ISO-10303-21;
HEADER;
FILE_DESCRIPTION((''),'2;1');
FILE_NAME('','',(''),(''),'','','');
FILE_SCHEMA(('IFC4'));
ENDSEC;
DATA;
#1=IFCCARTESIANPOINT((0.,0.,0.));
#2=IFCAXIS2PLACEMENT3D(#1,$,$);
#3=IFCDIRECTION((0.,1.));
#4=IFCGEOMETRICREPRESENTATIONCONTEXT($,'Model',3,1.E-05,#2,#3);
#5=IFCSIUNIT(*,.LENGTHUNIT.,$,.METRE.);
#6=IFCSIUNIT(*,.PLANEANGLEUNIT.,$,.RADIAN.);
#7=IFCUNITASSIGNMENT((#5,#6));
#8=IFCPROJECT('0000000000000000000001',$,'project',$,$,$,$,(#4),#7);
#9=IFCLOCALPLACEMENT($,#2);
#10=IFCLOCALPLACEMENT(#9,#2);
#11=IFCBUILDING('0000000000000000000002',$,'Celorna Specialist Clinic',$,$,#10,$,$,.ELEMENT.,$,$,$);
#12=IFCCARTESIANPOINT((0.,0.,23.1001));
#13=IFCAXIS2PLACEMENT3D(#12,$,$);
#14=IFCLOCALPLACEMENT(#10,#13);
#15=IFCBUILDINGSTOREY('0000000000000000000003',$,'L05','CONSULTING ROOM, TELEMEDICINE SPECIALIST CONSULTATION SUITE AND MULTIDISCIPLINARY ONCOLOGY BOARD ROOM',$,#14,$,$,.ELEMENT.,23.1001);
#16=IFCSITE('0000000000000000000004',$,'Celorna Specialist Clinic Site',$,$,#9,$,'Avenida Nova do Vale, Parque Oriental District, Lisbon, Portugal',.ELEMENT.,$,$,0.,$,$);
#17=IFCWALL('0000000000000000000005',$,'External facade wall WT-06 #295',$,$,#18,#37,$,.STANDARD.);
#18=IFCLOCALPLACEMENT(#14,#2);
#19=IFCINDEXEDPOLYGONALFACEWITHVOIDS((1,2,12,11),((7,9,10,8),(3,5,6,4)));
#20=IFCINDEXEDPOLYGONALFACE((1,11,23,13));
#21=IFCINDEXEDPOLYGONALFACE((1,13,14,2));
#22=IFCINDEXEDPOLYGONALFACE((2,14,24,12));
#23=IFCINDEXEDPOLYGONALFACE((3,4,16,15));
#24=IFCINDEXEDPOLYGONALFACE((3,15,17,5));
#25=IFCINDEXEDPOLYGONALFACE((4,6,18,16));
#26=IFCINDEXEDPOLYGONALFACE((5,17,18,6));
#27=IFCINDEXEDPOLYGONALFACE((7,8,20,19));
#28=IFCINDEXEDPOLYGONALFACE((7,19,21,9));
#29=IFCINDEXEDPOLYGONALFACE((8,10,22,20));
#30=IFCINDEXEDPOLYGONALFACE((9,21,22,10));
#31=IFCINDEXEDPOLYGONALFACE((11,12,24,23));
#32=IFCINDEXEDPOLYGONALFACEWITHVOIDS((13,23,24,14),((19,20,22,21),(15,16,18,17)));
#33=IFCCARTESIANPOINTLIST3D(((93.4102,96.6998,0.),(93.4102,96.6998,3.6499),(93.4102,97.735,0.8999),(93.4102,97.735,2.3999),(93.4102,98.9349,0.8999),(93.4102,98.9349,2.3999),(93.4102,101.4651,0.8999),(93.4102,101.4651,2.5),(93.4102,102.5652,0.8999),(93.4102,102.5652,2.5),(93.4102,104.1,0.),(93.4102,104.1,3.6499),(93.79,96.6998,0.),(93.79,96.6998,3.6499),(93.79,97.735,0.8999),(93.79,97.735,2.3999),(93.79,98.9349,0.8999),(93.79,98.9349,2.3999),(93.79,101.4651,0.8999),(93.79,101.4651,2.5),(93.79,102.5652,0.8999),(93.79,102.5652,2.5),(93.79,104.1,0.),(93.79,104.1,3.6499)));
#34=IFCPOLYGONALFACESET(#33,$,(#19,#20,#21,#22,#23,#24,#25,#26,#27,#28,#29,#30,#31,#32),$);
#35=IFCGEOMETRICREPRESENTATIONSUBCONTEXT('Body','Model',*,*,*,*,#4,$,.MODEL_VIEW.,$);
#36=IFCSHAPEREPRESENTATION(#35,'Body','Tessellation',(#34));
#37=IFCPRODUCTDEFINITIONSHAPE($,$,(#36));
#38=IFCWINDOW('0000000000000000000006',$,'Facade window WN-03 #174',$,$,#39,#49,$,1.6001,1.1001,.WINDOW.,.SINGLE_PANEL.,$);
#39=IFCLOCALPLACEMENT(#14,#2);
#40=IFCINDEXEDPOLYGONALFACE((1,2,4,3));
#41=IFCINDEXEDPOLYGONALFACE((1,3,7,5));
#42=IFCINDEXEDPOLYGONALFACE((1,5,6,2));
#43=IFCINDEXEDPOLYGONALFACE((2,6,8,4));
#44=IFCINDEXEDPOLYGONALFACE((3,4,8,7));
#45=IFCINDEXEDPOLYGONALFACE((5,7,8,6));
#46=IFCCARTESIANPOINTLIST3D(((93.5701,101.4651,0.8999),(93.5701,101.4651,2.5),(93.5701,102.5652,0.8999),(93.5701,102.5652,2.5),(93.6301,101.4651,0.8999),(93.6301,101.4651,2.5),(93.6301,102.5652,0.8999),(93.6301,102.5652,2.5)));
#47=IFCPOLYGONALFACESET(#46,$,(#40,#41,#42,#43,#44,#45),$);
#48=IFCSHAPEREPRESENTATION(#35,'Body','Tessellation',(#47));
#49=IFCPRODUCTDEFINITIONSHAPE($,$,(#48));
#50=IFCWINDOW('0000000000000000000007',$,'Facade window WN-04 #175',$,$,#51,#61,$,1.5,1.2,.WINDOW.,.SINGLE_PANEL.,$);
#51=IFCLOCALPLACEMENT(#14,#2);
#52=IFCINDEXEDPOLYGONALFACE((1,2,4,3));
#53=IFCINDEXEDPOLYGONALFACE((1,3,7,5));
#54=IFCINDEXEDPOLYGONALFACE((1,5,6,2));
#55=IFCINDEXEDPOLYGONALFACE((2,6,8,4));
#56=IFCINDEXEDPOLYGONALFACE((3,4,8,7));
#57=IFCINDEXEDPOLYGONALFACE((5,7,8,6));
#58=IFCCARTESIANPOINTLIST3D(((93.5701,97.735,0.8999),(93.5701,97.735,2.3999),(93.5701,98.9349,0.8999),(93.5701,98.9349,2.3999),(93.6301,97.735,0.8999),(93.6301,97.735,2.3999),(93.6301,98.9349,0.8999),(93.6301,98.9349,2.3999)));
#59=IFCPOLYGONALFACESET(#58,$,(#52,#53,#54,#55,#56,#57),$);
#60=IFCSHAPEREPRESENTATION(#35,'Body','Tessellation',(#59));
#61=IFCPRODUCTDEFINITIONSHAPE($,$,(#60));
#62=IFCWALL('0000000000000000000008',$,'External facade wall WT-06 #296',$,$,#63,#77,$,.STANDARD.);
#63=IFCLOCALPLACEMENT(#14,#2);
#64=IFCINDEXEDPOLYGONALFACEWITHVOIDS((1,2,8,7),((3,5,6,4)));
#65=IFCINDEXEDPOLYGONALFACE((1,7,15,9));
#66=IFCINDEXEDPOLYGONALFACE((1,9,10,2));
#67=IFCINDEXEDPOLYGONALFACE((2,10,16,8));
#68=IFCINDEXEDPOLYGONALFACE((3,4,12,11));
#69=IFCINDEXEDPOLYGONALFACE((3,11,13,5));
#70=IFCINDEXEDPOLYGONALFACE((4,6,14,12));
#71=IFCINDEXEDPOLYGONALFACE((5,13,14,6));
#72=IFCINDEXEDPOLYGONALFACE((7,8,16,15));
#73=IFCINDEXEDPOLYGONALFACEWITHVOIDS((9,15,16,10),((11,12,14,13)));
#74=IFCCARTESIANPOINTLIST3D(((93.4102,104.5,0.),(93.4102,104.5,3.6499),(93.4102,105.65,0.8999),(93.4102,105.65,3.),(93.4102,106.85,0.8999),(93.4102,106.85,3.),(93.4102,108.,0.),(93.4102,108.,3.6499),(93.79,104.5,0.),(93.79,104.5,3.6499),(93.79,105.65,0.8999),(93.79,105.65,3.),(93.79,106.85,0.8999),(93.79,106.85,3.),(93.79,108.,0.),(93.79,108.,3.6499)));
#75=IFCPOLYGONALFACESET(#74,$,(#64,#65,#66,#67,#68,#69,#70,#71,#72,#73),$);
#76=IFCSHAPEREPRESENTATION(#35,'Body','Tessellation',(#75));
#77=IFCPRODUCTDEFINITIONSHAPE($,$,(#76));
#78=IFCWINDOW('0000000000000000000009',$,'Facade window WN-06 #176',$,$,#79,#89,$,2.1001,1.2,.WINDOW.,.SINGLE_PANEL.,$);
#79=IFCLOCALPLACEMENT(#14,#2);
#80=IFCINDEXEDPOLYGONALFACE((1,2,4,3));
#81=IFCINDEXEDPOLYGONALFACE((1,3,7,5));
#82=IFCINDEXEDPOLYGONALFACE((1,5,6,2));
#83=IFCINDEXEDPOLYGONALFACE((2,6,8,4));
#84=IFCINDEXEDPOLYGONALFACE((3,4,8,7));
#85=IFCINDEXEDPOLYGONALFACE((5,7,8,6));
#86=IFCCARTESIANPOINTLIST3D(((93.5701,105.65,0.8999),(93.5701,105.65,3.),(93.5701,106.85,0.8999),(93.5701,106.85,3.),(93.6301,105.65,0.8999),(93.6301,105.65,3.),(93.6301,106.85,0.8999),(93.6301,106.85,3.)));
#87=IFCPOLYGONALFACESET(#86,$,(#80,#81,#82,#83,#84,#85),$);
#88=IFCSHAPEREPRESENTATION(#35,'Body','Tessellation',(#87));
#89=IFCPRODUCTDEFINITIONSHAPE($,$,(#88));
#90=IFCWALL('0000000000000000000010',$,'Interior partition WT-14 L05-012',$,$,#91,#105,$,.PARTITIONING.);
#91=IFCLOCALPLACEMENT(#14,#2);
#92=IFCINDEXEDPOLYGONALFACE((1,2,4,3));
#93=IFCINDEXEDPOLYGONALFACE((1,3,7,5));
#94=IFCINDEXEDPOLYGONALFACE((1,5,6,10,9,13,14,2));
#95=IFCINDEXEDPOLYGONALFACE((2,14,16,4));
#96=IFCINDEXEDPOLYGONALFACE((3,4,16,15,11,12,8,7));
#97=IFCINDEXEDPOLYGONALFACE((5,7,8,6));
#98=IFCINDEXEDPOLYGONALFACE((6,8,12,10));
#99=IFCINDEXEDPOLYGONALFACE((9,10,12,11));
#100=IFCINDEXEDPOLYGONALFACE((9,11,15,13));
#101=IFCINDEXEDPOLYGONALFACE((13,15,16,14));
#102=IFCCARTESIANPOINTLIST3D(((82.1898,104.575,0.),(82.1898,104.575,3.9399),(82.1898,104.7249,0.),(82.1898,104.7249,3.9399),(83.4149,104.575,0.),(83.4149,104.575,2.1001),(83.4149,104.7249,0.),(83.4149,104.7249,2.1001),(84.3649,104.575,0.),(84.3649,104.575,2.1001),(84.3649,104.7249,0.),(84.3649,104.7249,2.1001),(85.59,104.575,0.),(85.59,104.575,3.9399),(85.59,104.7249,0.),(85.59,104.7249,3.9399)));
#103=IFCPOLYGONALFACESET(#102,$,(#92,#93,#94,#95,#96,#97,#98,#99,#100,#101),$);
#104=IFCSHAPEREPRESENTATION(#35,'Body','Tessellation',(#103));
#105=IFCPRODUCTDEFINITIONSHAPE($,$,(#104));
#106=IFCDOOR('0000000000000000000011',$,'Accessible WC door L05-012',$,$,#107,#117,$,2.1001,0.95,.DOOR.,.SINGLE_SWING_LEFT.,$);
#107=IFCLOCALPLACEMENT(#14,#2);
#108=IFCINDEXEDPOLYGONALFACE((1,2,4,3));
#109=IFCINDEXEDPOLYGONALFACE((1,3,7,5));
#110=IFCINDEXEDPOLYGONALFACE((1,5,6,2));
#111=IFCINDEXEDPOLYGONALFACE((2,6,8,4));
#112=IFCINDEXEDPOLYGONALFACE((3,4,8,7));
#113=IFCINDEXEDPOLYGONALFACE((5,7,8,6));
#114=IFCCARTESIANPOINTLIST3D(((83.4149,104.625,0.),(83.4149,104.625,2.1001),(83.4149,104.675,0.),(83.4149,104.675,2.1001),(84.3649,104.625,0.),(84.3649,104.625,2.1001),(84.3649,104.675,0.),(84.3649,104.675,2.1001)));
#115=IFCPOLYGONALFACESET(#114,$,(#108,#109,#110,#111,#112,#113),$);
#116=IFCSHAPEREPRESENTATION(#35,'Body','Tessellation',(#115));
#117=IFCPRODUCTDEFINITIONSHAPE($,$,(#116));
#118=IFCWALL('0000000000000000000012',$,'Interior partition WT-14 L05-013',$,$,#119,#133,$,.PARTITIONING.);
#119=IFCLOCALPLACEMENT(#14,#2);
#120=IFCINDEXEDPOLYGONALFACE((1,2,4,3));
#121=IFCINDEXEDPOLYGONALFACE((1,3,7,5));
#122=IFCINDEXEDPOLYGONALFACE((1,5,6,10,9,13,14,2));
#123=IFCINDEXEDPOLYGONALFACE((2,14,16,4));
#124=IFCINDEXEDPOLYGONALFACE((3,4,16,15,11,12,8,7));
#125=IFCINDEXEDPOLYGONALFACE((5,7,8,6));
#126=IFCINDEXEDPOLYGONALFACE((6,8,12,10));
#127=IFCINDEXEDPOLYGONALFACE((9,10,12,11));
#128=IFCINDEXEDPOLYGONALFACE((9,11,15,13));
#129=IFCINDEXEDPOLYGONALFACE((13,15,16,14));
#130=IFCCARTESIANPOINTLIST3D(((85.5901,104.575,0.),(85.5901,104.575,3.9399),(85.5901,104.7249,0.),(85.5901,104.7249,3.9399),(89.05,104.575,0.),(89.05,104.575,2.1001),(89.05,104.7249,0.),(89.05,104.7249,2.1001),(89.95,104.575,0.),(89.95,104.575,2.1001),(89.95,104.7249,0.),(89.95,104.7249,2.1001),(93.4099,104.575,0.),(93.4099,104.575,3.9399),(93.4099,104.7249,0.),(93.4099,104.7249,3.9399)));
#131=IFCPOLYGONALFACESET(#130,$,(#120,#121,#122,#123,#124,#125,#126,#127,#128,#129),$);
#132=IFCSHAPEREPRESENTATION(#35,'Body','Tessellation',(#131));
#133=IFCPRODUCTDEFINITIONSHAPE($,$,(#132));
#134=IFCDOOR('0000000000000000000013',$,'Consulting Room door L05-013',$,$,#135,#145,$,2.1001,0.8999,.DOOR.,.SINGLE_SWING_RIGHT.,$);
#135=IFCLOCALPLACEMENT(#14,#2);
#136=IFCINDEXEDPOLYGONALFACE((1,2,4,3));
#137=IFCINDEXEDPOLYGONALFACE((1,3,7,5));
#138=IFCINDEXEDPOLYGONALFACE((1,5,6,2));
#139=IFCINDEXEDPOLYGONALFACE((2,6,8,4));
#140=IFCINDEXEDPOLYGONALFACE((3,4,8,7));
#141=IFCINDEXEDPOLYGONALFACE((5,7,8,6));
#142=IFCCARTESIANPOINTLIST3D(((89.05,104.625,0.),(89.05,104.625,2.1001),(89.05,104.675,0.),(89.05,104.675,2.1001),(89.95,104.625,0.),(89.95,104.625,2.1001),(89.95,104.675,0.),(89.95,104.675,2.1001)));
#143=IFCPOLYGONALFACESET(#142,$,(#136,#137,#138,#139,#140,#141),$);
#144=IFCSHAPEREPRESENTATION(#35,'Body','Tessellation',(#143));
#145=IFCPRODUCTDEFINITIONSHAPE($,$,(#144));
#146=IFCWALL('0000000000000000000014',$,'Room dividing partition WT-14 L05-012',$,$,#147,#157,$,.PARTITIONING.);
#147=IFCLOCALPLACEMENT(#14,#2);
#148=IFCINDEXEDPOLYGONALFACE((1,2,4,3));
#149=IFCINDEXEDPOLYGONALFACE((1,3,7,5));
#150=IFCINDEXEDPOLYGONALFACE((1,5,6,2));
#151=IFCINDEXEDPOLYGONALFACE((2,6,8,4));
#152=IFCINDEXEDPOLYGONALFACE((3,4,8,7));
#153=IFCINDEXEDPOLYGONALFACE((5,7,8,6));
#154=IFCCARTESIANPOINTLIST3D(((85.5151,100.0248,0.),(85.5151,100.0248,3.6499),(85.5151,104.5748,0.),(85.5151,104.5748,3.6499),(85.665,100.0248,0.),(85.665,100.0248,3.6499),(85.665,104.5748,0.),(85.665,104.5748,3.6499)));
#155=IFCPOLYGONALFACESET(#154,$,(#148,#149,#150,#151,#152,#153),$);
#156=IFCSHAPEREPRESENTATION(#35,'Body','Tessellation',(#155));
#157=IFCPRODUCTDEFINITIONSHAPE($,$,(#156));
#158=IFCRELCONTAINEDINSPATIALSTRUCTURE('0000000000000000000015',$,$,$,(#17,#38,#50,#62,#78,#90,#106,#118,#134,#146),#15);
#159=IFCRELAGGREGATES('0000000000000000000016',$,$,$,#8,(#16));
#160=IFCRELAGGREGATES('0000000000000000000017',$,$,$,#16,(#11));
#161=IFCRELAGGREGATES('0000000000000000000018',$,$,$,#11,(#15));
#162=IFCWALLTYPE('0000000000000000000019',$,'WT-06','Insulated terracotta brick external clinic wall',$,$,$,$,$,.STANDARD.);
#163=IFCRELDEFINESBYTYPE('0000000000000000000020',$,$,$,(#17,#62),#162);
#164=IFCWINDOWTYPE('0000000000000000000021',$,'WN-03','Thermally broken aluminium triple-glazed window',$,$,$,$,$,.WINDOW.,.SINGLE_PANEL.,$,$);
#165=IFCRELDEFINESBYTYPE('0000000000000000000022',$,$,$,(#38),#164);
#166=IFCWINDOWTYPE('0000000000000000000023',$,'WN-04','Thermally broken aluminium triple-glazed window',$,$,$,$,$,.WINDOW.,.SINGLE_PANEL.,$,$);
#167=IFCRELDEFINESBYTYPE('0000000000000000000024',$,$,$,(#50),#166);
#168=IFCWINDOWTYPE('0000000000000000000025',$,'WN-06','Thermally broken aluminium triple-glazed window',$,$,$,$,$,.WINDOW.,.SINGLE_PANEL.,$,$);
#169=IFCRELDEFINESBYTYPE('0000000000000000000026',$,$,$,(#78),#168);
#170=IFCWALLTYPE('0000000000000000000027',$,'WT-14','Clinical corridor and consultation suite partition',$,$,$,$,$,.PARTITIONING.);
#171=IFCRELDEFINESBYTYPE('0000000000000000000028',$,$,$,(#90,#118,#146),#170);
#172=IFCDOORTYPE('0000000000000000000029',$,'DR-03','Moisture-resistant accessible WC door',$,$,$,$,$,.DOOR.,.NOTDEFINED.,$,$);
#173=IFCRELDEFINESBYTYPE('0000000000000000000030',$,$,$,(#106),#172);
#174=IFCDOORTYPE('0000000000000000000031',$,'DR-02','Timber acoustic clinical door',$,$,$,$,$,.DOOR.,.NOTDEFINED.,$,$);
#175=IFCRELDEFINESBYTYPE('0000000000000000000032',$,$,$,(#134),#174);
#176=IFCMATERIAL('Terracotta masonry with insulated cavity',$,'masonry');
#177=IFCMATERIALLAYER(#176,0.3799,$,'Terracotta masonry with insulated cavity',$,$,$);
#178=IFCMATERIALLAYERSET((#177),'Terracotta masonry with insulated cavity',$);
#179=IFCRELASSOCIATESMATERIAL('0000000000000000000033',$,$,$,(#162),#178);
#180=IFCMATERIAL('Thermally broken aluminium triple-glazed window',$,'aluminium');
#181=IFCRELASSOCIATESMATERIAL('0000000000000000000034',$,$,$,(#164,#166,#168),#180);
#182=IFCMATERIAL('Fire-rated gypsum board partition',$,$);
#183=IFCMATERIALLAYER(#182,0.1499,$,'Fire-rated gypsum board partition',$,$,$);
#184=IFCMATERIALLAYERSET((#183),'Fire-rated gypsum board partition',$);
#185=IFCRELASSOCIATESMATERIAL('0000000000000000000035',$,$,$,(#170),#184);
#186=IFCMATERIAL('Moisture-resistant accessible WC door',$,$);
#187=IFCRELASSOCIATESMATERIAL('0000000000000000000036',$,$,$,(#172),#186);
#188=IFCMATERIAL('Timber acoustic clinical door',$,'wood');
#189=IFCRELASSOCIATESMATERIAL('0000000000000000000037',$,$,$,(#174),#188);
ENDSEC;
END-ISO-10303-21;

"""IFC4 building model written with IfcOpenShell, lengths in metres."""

from ifc_helpers import new_model, si_unit, direction, frame, frame_2d, origin, place, context, subcontext, project, spatial, rectangle, extrude, material, layer, layer_set, type_object, element, fill, save


model = new_model("IFC4")

# Units and contexts
model_context = context("Model", 3, precision=1e-05, world=origin(), true_north=direction((0.0, 1.0)))
body_context = subcontext(model_context, "Body", "Model", "MODEL_VIEW")
ifc_project = project(units=[si_unit("LENGTHUNIT", "METRE"), si_unit("PLANEANGLEUNIT", "RADIAN")], contexts=[model_context])

# Site, building, storey
site_placement = place(None, origin())
site = spatial("IfcSite", under=ifc_project, at=site_placement, Name="Celorna Specialist Clinic Site", LongName="Avenida Nova do Vale, Parque Oriental District, Lisbon, Portugal", CompositionType="ELEMENT", RefElevation=0.0)
building_placement = place(site_placement, origin())
building = spatial("IfcBuilding", under=site, at=building_placement, Name="Celorna Specialist Clinic", CompositionType="ELEMENT")
storey_placement = place(building_placement, frame((0.0, 0.0, 23.1001)))
storey = spatial("IfcBuildingStorey", under=building, at=storey_placement, Name="L05", Description="CONSULTING ROOM, TELEMEDICINE SPECIALIST CONSULTATION SUITE AND MULTIDISCIPLINARY ONCOLOGY BOARD ROOM", CompositionType="ELEMENT", Elevation=23.1001)

# Wall, openings, windows
ifc_material_1 = material(Name="Terracotta masonry with insulated cavity", Category="masonry")
ifc_layer_1 = layer(ifc_material_1, 0.3799, Name="Terracotta masonry with insulated cavity")
ifc_layer_set_1 = layer_set([ifc_layer_1], Name="Terracotta masonry with insulated cavity")
wall_type_1 = type_object("IfcWallType", Name="WT-06", Description="Insulated terracotta brick external clinic wall", PredefinedType="STANDARD", material=ifc_layer_set_1)
wall_1_placement = place(storey_placement, frame((93.6001, 104.1001, 0.0), z_axis=(0.0, 0.0, 1.0), x_axis=(0.0, -1.0, 0.0)))
wall_1 = element("IfcWall", 1, at=wall_1_placement, inside=storey, type_object=wall_type_1, Name="External facade wall WT-06 #295", PredefinedType="STANDARD", context=body_context, shape_type="SweptSolid", body=[
    extrude(rectangle(XDim=7.4001, YDim=0.3799, at=frame_2d((3.7002, 0.0))), origin(), (0.0, 0.0, 1.0), 3.6499),
])
opening_1_placement = place(wall_1_placement, frame((1.5349, 0.0, 0.8999)))
opening_1 = element("IfcOpeningElement", 2, at=opening_1_placement, cuts=wall_1, PredefinedType="OPENING", context=body_context, shape_type="SweptSolid", body=[
    extrude(rectangle(XDim=1.1001, YDim=1.6001, at=frame_2d((0.55, 0.8))), frame((0.0, 0.2, 0.0), z_axis=(0.0, -1.0, 0.0), x_axis=(1.0, 0.0, 0.0)), (0.0, 0.0, 1.0), 0.3999),
])
opening_2_placement = place(wall_1_placement, frame((5.165, 0.0, 0.8999)))
opening_2 = element("IfcOpeningElement", 3, at=opening_2_placement, cuts=wall_1, PredefinedType="OPENING", context=body_context, shape_type="SweptSolid", body=[
    extrude(rectangle(XDim=1.2, YDim=1.5, at=frame_2d((0.6001, 0.75))), frame((0.0, 0.2, 0.0), z_axis=(0.0, -1.0, 0.0), x_axis=(1.0, 0.0, 0.0)), (0.0, 0.0, 1.0), 0.3999),
])
ifc_material_2 = material(Name="Thermally broken aluminium triple-glazed window", Category="aluminium")
window_type_1 = type_object("IfcWindowType", Name="WN-03", Description="Thermally broken aluminium triple-glazed window", PartitioningType="SINGLE_PANEL", PredefinedType="WINDOW", material=ifc_material_2)
window_1_placement = place(opening_1_placement, origin())
window_1 = element("IfcWindow", 4, at=window_1_placement, inside=storey, type_object=window_type_1, Name="Facade window WN-03 #174", OverallHeight=1.6001, OverallWidth=1.1001, PartitioningType="SINGLE_PANEL", PredefinedType="WINDOW", context=body_context, shape_type="SweptSolid", body=[
    extrude(rectangle(XDim=1.1001, YDim=1.6001, at=frame_2d((0.55, 0.8))), frame((0.0, 0.03, 0.0), z_axis=(0.0, -1.0, 0.0), x_axis=(1.0, 0.0, 0.0)), (0.0, 0.0, 1.0), 0.0601),
])
fill(opening_1, window_1)
window_type_2 = type_object("IfcWindowType", Name="WN-04", Description="Thermally broken aluminium triple-glazed window", PartitioningType="SINGLE_PANEL", PredefinedType="WINDOW", material=ifc_material_2)
window_2_placement = place(opening_2_placement, origin())
window_2 = element("IfcWindow", 5, at=window_2_placement, inside=storey, type_object=window_type_2, Name="Facade window WN-04 #175", OverallHeight=1.5, OverallWidth=1.2, PartitioningType="SINGLE_PANEL", PredefinedType="WINDOW", context=body_context, shape_type="SweptSolid", body=[
    extrude(rectangle(XDim=1.2, YDim=1.5, at=frame_2d((0.6001, 0.75))), frame((0.0, 0.03, 0.0), z_axis=(0.0, -1.0, 0.0), x_axis=(1.0, 0.0, 0.0)), (0.0, 0.0, 1.0), 0.0601),
])
fill(opening_2, window_2)

# Wall, opening, window
wall_2_placement = place(storey_placement, frame((93.6001, 108.0, 0.0), z_axis=(0.0, 0.0, 1.0), x_axis=(0.0, -1.0, 0.0)))
wall_2 = element("IfcWall", 6, at=wall_2_placement, inside=storey, type_object=wall_type_1, Name="External facade wall WT-06 #296", PredefinedType="STANDARD", context=body_context, shape_type="SweptSolid", body=[
    extrude(rectangle(XDim=3.5, YDim=0.3799, at=frame_2d((1.75, 0.0))), origin(), (0.0, 0.0, 1.0), 3.6499),
])
opening_3_placement = place(wall_2_placement, frame((1.1499, 0.0, 0.8999)))
opening_3 = element("IfcOpeningElement", 7, at=opening_3_placement, cuts=wall_2, PredefinedType="OPENING", context=body_context, shape_type="SweptSolid", body=[
    extrude(rectangle(XDim=1.2, YDim=2.1001, at=frame_2d((0.6001, 1.05))), frame((0.0, 0.2, 0.0), z_axis=(0.0, -1.0, 0.0), x_axis=(1.0, 0.0, 0.0)), (0.0, 0.0, 1.0), 0.3999),
])
window_type_3 = type_object("IfcWindowType", Name="WN-06", Description="Thermally broken aluminium triple-glazed window", PartitioningType="SINGLE_PANEL", PredefinedType="WINDOW", material=ifc_material_2)
window_3_placement = place(opening_3_placement, origin())
window_3 = element("IfcWindow", 8, at=window_3_placement, inside=storey, type_object=window_type_3, Name="Facade window WN-06 #176", OverallHeight=2.1001, OverallWidth=1.2, PartitioningType="SINGLE_PANEL", PredefinedType="WINDOW", context=body_context, shape_type="SweptSolid", body=[
    extrude(rectangle(XDim=1.2, YDim=2.1001, at=frame_2d((0.6001, 1.05))), frame((0.0, 0.03, 0.0), z_axis=(0.0, -1.0, 0.0), x_axis=(1.0, 0.0, 0.0)), (0.0, 0.0, 1.0), 0.0601),
])
fill(opening_3, window_3)

# Walls, openings, doors
ifc_material_3 = material(Name="Fire-rated gypsum board partition")
ifc_layer_2 = layer(ifc_material_3, 0.1499, Name="Fire-rated gypsum board partition")
ifc_layer_set_2 = layer_set([ifc_layer_2], Name="Fire-rated gypsum board partition")
wall_type_2 = type_object("IfcWallType", Name="WT-14", Description="Clinical corridor and consultation suite partition", PredefinedType="PARTITIONING", material=ifc_layer_set_2)
wall_3_placement = place(storey_placement, frame((85.5901, 104.6499, 0.0), z_axis=(0.0, 0.0, 1.0), x_axis=(-1.0, 0.0, 0.0)))
wall_3 = element("IfcWall", 9, at=wall_3_placement, inside=storey, type_object=wall_type_2, Name="Interior partition WT-14 L05-012", PredefinedType="PARTITIONING", context=body_context, shape_type="SweptSolid", body=[
    extrude(rectangle(XDim=3.4001, YDim=0.1499, at=frame_2d((1.7002, 0.0))), origin(), (0.0, 0.0, 1.0), 3.9399),
])
opening_4_placement = place(wall_3_placement, frame((1.2251, 0.0, 0.0)))
opening_4 = element("IfcOpeningElement", 10, at=opening_4_placement, cuts=wall_3, PredefinedType="OPENING", context=body_context, shape_type="SweptSolid", body=[
    extrude(rectangle(XDim=0.95, YDim=2.1001, at=frame_2d((0.4751, 1.05))), frame((0.0, 0.085, 0.0), z_axis=(0.0, -1.0, 0.0), x_axis=(1.0, 0.0, 0.0)), (0.0, 0.0, 1.0), 0.1699),
])
ifc_material_4 = material(Name="Moisture-resistant accessible WC door")
door_type_1 = type_object("IfcDoorType", Name="DR-03", Description="Moisture-resistant accessible WC door", OperationType="NOTDEFINED", PredefinedType="DOOR", material=ifc_material_4)
door_1_placement = place(opening_4_placement, origin())
door_1 = element("IfcDoor", 11, at=door_1_placement, inside=storey, type_object=door_type_1, Name="Accessible WC door L05-012", OperationType="SINGLE_SWING_LEFT", OverallHeight=2.1001, OverallWidth=0.95, PredefinedType="DOOR", context=body_context, shape_type="SweptSolid", body=[
    extrude(rectangle(XDim=0.95, YDim=2.1001, at=frame_2d((0.4751, 1.05))), frame((0.0, 0.0249, 0.0), z_axis=(0.0, -1.0, 0.0), x_axis=(1.0, 0.0, 0.0)), (0.0, 0.0, 1.0), 0.05),
])
fill(opening_4, door_1)
wall_4_placement = place(storey_placement, frame((93.4099, 104.6499, 0.0), z_axis=(0.0, 0.0, 1.0), x_axis=(-1.0, 0.0, 0.0)))
wall_4 = element("IfcWall", 12, at=wall_4_placement, inside=storey, type_object=wall_type_2, Name="Interior partition WT-14 L05-013", PredefinedType="PARTITIONING", context=body_context, shape_type="SweptSolid", body=[
    extrude(rectangle(XDim=7.8198, YDim=0.1499, at=frame_2d((3.9099, 0.0))), origin(), (0.0, 0.0, 1.0), 3.9399),
])
opening_5_placement = place(wall_4_placement, frame((3.46, 0.0, 0.0)))
opening_5 = element("IfcOpeningElement", 13, at=opening_5_placement, cuts=wall_4, PredefinedType="OPENING", context=body_context, shape_type="SweptSolid", body=[
    extrude(rectangle(XDim=0.8999, YDim=2.1001, at=frame_2d((0.45, 1.05))), frame((0.0, 0.085, 0.0), z_axis=(0.0, -1.0, 0.0), x_axis=(1.0, 0.0, 0.0)), (0.0, 0.0, 1.0), 0.1699),
])
ifc_material_5 = material(Name="Timber acoustic clinical door", Category="wood")
door_type_2 = type_object("IfcDoorType", Name="DR-02", Description="Timber acoustic clinical door", OperationType="NOTDEFINED", PredefinedType="DOOR", material=ifc_material_5)
door_2_placement = place(opening_5_placement, origin())
door_2 = element("IfcDoor", 14, at=door_2_placement, inside=storey, type_object=door_type_2, Name="Consulting Room door L05-013", OperationType="SINGLE_SWING_RIGHT", OverallHeight=2.1001, OverallWidth=0.8999, PredefinedType="DOOR", context=body_context, shape_type="SweptSolid", body=[
    extrude(rectangle(XDim=0.8999, YDim=2.1001, at=frame_2d((0.45, 1.05))), frame((0.0, 0.0249, 0.0), z_axis=(0.0, -1.0, 0.0), x_axis=(1.0, 0.0, 0.0)), (0.0, 0.0, 1.0), 0.05),
])
fill(opening_5, door_2)

# Wall
wall_5_placement = place(storey_placement, frame((85.5901, 100.0249, 0.0), z_axis=(0.0, 0.0, 1.0), x_axis=(0.0, 1.0, 0.0)))
element("IfcWall", 15, at=wall_5_placement, inside=storey, type_object=wall_type_2, Name="Room dividing partition WT-14 L05-012", PredefinedType="PARTITIONING", context=body_context, shape_type="SweptSolid", body=[
    extrude(rectangle(XDim=4.55, YDim=0.1499, at=frame_2d((2.2749, 0.0))), origin(), (0.0, 0.0, 1.0), 3.6499),
])

save(model, "model.ifc")
